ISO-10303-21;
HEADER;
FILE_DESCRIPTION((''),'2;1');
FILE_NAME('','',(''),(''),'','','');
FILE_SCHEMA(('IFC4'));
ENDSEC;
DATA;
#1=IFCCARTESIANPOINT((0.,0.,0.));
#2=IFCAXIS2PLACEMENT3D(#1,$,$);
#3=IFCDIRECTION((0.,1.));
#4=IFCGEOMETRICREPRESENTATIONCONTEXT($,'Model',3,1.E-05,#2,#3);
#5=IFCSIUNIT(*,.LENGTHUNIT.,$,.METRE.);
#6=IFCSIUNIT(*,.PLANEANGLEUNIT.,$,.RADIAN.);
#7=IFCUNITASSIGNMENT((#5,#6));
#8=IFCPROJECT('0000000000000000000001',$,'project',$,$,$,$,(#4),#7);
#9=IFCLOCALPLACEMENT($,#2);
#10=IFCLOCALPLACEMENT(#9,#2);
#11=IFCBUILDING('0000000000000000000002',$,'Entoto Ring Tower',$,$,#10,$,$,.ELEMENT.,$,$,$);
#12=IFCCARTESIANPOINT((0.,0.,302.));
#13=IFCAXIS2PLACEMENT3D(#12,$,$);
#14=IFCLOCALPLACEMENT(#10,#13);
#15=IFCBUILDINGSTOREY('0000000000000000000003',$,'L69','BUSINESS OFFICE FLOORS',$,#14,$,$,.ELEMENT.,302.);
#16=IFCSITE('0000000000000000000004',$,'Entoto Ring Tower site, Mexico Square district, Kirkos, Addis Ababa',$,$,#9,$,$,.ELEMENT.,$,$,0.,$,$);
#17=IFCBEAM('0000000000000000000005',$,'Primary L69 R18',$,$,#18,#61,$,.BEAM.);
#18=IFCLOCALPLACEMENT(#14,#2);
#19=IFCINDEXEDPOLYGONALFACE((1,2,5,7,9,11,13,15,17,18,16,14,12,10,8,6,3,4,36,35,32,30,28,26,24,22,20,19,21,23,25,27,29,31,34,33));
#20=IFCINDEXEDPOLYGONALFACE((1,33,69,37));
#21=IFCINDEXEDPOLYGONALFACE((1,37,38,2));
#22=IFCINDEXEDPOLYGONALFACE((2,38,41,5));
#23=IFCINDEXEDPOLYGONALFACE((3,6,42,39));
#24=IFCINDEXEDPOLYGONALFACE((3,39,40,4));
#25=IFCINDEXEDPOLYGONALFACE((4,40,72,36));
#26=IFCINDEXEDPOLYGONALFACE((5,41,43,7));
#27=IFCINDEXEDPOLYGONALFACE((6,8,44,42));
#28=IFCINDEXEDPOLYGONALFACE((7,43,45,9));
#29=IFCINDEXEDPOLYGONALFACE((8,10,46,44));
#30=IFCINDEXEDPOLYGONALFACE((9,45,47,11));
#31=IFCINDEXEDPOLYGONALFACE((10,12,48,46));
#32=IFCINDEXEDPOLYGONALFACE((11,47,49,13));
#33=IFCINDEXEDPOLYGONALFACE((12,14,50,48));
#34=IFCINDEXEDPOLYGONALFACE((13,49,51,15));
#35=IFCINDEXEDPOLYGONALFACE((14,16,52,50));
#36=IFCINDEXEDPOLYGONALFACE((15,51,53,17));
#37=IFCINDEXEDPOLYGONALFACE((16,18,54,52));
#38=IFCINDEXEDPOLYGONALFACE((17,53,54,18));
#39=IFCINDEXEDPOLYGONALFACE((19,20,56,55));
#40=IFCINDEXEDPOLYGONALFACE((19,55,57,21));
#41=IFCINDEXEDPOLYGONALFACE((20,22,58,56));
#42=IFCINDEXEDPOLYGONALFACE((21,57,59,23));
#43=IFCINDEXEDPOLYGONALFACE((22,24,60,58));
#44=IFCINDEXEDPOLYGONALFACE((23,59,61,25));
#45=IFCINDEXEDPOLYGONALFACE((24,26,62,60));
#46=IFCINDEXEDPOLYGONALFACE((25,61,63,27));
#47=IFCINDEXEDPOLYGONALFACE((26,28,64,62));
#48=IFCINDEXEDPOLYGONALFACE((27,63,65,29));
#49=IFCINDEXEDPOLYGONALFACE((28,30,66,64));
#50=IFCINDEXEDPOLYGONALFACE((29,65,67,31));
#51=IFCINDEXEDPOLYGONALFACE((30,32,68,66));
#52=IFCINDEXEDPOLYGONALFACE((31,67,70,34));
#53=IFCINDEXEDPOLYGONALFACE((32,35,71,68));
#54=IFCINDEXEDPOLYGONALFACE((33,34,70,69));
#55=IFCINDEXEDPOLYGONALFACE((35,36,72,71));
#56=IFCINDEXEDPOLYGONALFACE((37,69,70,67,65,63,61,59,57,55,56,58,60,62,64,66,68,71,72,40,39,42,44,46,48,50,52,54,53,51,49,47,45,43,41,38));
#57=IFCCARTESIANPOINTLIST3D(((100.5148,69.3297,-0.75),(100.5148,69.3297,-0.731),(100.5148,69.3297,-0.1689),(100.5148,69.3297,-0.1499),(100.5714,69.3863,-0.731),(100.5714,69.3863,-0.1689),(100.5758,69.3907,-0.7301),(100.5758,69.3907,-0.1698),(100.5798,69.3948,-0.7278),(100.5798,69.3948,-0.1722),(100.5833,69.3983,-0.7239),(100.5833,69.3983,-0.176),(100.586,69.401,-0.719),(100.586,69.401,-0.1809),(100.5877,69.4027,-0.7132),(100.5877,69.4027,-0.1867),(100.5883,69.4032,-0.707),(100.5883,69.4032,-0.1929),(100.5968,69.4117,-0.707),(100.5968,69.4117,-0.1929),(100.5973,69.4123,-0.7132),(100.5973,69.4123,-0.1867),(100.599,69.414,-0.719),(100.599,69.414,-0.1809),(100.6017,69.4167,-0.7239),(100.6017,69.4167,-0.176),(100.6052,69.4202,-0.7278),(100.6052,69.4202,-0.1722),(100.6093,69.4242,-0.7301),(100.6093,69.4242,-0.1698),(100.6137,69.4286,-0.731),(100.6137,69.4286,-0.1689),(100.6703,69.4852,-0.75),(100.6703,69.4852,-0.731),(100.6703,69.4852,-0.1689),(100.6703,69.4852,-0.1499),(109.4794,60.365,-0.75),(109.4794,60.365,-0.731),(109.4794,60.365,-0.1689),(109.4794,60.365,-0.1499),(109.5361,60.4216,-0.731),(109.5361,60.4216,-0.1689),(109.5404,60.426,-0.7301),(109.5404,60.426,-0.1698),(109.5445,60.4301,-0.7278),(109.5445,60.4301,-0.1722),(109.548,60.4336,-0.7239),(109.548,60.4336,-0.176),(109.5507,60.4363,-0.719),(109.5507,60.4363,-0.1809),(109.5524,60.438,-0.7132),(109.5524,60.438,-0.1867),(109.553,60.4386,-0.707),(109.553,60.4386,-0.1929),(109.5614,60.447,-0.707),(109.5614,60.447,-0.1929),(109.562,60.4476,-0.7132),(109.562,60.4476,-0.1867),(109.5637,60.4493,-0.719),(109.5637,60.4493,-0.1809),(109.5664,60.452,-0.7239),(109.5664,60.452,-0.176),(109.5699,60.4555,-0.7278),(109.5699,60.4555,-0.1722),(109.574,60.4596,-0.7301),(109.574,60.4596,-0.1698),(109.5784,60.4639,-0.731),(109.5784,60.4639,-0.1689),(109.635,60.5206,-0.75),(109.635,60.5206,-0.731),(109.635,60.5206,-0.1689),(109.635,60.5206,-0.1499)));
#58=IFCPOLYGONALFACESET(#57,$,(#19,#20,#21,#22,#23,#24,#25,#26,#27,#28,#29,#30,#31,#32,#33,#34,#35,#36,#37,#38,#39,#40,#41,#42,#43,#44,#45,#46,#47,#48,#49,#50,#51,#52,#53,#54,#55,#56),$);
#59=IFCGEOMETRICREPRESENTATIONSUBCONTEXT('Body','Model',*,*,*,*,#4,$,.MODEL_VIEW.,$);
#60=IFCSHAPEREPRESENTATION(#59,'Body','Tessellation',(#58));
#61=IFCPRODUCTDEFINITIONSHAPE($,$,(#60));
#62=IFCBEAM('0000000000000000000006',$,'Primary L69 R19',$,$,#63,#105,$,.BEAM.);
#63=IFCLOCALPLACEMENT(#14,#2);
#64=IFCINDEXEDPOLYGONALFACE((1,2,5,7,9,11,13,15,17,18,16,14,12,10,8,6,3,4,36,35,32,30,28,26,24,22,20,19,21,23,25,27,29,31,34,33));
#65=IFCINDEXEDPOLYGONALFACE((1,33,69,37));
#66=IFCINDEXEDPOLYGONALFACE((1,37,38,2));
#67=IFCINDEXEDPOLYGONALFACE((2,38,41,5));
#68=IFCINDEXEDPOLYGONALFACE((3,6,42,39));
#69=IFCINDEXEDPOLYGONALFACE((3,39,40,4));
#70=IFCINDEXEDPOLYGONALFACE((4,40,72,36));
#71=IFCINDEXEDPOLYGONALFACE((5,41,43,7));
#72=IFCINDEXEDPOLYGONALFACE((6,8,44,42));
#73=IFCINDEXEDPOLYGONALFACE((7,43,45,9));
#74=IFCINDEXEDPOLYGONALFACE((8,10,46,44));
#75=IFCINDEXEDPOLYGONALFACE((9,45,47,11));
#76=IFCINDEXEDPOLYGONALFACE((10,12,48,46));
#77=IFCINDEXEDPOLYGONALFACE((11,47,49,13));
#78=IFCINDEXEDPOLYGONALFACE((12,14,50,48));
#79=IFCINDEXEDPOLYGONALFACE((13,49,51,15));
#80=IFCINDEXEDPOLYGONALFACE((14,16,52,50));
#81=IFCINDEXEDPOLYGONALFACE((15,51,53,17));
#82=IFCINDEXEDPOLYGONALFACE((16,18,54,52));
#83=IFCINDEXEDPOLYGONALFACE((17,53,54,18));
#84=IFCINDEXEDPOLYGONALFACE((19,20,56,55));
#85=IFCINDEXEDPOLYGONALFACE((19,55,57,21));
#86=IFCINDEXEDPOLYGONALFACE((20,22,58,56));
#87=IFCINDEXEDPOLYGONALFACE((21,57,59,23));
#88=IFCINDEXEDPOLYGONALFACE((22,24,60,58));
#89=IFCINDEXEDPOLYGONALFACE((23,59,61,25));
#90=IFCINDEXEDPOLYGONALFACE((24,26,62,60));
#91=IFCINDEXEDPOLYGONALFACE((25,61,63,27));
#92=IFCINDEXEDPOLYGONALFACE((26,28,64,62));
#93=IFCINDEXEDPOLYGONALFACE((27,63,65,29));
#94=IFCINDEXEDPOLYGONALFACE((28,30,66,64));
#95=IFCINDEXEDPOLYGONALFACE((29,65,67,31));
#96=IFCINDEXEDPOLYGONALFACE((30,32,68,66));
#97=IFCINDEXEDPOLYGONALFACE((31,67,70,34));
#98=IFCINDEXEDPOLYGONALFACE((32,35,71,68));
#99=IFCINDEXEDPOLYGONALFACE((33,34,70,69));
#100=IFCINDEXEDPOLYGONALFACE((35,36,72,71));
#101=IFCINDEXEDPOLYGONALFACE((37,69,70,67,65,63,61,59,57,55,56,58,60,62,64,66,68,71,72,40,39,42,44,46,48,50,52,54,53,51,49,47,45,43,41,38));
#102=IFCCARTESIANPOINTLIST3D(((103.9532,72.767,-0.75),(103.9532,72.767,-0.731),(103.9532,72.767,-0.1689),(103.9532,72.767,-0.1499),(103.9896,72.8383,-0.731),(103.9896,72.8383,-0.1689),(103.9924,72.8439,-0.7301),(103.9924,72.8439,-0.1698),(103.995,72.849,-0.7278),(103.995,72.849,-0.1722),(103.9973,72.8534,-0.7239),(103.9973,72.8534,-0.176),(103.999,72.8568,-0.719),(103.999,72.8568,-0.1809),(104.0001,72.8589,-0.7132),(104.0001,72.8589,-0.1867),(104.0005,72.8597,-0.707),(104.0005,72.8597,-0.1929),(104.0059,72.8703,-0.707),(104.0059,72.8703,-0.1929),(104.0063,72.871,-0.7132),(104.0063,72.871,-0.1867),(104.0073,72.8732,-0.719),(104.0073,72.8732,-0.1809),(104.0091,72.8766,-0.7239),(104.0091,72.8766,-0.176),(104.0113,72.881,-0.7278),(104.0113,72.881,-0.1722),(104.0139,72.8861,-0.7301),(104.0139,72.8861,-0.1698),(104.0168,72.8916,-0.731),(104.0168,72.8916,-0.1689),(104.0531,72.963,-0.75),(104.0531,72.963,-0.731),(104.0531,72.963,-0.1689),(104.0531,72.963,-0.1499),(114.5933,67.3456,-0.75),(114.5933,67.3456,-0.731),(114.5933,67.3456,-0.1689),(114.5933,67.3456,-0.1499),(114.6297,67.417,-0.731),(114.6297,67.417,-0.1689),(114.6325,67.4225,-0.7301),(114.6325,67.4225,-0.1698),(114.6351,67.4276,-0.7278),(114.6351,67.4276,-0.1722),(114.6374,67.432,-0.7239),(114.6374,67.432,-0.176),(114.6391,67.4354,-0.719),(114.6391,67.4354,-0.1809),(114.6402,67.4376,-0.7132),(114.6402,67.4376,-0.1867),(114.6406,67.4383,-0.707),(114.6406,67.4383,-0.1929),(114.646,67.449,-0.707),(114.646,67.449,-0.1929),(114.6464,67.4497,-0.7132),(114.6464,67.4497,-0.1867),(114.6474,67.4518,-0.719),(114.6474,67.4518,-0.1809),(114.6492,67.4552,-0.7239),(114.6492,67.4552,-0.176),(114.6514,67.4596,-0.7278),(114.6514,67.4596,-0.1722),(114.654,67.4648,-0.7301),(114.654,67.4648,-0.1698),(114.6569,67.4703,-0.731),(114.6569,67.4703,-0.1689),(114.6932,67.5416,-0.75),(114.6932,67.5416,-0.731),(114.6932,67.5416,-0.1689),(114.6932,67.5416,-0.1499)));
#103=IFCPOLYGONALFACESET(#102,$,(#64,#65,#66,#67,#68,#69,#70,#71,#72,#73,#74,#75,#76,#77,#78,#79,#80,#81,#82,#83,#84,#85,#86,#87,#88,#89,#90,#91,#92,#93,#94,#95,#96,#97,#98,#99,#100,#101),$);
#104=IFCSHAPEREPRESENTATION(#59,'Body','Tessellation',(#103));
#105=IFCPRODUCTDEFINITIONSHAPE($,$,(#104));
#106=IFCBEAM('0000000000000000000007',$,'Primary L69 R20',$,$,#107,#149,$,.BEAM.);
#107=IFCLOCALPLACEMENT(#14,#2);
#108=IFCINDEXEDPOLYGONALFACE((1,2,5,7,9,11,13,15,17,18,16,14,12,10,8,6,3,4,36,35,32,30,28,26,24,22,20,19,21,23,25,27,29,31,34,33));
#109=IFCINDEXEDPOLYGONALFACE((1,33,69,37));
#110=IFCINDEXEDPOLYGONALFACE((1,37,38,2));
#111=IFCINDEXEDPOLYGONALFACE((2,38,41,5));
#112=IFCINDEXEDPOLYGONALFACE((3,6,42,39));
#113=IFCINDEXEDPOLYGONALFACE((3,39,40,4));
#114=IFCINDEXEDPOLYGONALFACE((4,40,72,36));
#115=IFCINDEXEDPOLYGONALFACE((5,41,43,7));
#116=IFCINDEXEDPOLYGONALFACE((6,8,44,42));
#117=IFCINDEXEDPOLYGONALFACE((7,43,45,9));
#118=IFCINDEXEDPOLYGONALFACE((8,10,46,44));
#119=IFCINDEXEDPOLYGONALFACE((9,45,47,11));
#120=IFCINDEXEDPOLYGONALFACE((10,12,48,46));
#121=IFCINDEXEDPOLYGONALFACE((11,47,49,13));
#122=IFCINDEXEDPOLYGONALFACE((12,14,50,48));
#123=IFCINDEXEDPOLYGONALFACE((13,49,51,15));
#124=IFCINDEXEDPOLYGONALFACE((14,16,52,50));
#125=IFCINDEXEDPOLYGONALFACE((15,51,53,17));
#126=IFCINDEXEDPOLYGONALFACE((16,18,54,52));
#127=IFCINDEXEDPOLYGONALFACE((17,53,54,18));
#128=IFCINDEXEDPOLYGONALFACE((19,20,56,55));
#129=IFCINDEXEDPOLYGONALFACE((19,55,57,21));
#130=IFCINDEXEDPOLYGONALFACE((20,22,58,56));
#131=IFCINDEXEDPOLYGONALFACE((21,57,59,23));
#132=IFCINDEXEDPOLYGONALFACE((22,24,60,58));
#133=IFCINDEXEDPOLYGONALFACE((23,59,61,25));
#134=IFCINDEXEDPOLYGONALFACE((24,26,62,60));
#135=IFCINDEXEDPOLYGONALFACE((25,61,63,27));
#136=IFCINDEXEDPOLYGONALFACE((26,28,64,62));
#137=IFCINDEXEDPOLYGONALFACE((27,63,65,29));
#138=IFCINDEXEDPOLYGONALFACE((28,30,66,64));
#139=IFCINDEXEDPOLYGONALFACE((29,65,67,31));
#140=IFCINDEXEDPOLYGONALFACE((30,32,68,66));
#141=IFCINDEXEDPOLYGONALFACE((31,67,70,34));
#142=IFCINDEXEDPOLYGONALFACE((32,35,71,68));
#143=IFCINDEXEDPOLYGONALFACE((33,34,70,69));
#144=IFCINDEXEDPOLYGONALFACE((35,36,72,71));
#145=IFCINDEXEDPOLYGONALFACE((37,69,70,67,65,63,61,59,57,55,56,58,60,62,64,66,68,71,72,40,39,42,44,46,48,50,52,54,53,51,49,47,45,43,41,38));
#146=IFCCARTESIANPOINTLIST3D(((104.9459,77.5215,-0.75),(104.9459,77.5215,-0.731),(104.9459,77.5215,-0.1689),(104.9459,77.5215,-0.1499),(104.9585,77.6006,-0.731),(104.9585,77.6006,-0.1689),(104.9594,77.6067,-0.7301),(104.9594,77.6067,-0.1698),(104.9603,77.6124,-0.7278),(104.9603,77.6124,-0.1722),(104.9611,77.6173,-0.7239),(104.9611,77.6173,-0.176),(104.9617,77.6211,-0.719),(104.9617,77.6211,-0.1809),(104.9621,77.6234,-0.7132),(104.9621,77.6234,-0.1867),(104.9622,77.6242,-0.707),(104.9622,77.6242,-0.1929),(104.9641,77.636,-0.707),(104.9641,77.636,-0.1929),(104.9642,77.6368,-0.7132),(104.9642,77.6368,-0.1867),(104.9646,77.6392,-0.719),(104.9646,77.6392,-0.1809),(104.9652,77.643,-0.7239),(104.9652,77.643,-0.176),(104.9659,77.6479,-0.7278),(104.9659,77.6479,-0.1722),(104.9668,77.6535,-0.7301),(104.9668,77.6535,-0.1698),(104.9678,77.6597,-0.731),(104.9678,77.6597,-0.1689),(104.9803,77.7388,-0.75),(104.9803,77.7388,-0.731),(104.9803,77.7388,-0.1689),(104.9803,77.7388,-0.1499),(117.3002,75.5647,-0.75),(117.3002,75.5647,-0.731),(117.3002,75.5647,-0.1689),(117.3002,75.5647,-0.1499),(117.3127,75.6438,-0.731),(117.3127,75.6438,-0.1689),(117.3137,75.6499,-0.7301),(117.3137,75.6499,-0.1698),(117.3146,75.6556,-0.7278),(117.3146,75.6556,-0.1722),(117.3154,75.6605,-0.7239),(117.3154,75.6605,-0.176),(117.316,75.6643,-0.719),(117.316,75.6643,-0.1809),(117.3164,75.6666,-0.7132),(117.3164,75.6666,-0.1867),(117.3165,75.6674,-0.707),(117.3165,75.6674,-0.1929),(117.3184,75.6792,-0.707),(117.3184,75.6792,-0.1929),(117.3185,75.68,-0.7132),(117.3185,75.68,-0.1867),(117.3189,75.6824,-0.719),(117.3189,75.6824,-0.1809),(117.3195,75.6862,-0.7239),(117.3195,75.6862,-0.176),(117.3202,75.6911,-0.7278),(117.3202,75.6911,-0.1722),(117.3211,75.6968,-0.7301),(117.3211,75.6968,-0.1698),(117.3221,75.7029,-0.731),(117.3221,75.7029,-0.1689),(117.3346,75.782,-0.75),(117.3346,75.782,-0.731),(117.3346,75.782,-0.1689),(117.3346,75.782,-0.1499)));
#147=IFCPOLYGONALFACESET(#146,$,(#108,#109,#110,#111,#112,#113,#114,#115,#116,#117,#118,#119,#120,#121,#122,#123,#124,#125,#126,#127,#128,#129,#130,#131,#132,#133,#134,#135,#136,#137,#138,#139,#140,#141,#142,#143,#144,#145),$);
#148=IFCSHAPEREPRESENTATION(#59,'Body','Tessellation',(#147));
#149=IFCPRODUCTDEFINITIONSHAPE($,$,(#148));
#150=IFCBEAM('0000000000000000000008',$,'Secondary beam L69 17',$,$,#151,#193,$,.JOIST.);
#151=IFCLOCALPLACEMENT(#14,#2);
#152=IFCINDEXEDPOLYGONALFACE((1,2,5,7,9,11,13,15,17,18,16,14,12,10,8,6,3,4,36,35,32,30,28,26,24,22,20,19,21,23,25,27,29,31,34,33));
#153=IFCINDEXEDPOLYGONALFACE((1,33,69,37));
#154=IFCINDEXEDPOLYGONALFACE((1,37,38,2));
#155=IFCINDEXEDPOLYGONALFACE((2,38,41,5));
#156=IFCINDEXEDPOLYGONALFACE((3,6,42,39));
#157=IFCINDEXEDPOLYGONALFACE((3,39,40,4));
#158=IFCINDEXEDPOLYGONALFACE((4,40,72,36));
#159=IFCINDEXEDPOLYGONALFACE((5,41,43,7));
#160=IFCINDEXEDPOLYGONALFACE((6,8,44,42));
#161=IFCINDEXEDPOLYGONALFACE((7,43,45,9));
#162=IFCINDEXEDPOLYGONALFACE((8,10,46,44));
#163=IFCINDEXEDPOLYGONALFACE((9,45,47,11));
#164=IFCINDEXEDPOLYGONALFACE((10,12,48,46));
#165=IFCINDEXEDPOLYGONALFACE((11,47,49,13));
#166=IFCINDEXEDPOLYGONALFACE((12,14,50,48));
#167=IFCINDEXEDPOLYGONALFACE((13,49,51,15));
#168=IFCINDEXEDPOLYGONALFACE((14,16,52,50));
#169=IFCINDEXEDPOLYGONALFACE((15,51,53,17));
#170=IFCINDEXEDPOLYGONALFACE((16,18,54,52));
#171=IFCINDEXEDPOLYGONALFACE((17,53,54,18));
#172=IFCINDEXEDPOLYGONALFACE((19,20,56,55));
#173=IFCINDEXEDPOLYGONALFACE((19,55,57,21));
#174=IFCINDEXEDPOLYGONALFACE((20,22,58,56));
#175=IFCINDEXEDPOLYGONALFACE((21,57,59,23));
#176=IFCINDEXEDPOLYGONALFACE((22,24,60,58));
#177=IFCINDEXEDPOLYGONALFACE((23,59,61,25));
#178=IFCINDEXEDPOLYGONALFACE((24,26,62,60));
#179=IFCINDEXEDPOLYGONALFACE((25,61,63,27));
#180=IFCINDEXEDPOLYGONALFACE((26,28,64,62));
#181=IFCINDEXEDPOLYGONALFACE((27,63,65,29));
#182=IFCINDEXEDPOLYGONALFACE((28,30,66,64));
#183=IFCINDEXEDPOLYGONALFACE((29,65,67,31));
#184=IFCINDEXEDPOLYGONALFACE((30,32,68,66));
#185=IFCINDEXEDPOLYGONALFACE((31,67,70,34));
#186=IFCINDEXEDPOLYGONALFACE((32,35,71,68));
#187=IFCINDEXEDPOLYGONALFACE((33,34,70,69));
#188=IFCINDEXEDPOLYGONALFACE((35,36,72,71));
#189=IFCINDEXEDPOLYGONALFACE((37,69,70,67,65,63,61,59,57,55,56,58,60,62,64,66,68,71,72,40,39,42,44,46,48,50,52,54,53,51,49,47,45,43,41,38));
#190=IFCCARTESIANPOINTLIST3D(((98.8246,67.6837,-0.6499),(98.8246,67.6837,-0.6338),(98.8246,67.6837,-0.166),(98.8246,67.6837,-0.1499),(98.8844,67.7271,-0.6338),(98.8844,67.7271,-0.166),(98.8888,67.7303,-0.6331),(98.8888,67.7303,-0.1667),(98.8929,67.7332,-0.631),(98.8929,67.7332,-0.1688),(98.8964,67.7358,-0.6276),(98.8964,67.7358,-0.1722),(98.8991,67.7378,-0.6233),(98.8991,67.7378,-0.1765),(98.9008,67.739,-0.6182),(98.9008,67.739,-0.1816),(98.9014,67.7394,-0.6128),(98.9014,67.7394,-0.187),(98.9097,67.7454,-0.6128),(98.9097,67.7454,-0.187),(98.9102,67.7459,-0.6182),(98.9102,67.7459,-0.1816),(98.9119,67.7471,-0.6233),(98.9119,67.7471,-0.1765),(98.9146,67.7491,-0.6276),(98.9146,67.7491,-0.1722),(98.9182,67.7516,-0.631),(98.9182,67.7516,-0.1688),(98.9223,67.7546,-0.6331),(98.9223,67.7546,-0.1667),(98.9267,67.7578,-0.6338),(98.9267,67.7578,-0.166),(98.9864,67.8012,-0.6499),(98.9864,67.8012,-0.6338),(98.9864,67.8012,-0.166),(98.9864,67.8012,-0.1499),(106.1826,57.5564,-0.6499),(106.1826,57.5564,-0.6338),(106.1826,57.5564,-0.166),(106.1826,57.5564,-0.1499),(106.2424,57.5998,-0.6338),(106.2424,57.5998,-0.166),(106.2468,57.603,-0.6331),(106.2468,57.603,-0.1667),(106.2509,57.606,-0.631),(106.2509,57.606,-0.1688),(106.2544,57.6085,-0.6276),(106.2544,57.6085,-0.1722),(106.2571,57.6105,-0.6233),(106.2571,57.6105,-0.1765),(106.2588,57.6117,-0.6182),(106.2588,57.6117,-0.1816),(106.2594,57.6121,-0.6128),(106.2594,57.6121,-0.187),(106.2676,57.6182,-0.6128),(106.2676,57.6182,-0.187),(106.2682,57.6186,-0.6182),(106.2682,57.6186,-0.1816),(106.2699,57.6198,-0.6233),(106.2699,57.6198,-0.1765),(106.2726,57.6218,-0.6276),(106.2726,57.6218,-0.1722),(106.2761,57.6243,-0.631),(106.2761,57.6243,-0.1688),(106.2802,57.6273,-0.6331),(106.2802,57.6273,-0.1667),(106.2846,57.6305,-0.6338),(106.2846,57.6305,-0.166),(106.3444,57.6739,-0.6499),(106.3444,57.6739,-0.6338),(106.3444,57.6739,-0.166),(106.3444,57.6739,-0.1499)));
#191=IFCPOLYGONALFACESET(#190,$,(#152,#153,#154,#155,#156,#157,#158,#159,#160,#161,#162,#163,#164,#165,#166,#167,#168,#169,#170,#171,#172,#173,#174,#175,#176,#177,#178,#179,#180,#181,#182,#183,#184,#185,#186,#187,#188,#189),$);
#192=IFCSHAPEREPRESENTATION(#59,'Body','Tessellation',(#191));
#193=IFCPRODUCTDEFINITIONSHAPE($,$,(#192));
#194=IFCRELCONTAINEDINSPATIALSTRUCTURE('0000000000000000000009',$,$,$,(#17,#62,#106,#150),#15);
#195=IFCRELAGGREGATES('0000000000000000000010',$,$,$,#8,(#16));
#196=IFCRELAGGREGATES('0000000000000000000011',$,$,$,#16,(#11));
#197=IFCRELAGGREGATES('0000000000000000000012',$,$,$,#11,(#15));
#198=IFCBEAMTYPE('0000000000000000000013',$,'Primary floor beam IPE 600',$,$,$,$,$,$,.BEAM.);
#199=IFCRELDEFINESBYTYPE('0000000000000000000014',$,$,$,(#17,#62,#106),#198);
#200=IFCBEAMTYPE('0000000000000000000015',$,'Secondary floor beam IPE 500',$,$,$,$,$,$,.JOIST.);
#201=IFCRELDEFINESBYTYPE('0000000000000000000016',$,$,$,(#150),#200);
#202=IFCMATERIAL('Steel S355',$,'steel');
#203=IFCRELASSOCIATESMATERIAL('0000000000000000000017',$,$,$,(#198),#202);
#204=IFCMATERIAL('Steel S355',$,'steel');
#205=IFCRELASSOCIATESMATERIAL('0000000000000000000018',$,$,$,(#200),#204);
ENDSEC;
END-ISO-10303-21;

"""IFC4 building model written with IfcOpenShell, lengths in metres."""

from ifc_helpers import new_model, si_unit, direction, frame, origin, origin_2d, place, context, subcontext, project, spatial, i_section, extrude, material, material_profile, profile_set, type_object, element, save


model = new_model("IFC4")

# Units and contexts
model_context = context("Model", 3, precision=1e-05, world=origin(), true_north=direction((0.0, 1.0)))
body_context = subcontext(model_context, "Body", "Model", "MODEL_VIEW")
ifc_project = project(units=[si_unit("LENGTHUNIT", "METRE"), si_unit("PLANEANGLEUNIT", "RADIAN")], contexts=[model_context])

# Site, building, storey
site_placement = place(None, origin())
site = spatial("IfcSite", under=ifc_project, at=site_placement, Name="Entoto Ring Tower site, Mexico Square district, Kirkos, Addis Ababa", CompositionType="ELEMENT", RefElevation=0.0)
building_placement = place(site_placement, origin())
building = spatial("IfcBuilding", under=site, at=building_placement, Name="Entoto Ring Tower", CompositionType="ELEMENT")
storey_placement = place(building_placement, frame((0.0, 0.0, 302.0)))
storey = spatial("IfcBuildingStorey", under=building, at=storey_placement, Name="L69", Description="BUSINESS OFFICE FLOORS", CompositionType="ELEMENT", Elevation=302.0)

# Beams
ifc_material_1 = material(Name="Steel S355", Category="steel")
ifc_material_profile_1 = material_profile(ifc_material_1, i_section(OverallWidth=0.22, OverallDepth=0.6001, WebThickness=0.012, FlangeThickness=0.019, FilletRadius=0.0239, at=origin_2d()), Name="IPE 600")
ifc_profile_set_1 = profile_set([ifc_material_profile_1], Name="Steel S355")
beam_type_1 = type_object("IfcBeamType", Name="Primary floor beam IPE 600", PredefinedType="BEAM", material=ifc_profile_set_1)
beam_1_placement = place(storey_placement, frame((100.5925, 69.4075, -0.45), z_axis=(0.707107, -0.707107, 0.0), x_axis=(0.707107, 0.707107, 0.0)))
element("IfcBeam", 1, at=beam_1_placement, inside=storey, type_object=beam_type_1, Name="Primary L69 R18", PredefinedType="BEAM", context=body_context, shape_type="SweptSolid", body=[
    extrude(i_section(OverallWidth=0.22, OverallDepth=0.6001, WebThickness=0.012, FlangeThickness=0.019, FilletRadius=0.0239, at=origin_2d()), origin(), (0.0, 0.0, 1.0), 12.678),
])
beam_2_placement = place(storey_placement, frame((104.0032, 72.865, -0.45), z_axis=(0.891008, -0.453988, 0.0), x_axis=(0.453988, 0.891008, 0.0)))
element("IfcBeam", 2, at=beam_2_placement, inside=storey, type_object=beam_type_1, Name="Primary L69 R19", PredefinedType="BEAM", context=body_context, shape_type="SweptSolid", body=[
    extrude(i_section(OverallWidth=0.22, OverallDepth=0.6001, WebThickness=0.012, FlangeThickness=0.019, FilletRadius=0.0239, at=origin_2d()), origin(), (0.0, 0.0, 1.0), 11.9417),
])
beam_3_placement = place(storey_placement, frame((104.9631, 77.6301, -0.45), z_axis=(0.987688, -0.15644, 0.0), x_axis=(0.15644, 0.987688, 0.0)))
element("IfcBeam", 3, at=beam_3_placement, inside=storey, type_object=beam_type_1, Name="Primary L69 R20", PredefinedType="BEAM", context=body_context, shape_type="SweptSolid", body=[
    extrude(i_section(OverallWidth=0.22, OverallDepth=0.6001, WebThickness=0.012, FlangeThickness=0.019, FilletRadius=0.0239, at=origin_2d()), origin(), (0.0, 0.0, 1.0), 12.5083),
])
ifc_material_2 = material(Name="Steel S355", Category="steel")
ifc_material_profile_2 = material_profile(ifc_material_2, i_section(OverallWidth=0.2, OverallDepth=0.5, WebThickness=0.0103, FlangeThickness=0.0161, FilletRadius=0.021, at=origin_2d()), Name="IPE 500")
ifc_profile_set_2 = profile_set([ifc_material_profile_2], Name="Steel S355")
beam_type_2 = type_object("IfcBeamType", Name="Secondary floor beam IPE 500", PredefinedType="JOIST", material=ifc_profile_set_2)
for number, where, z_axis, x_axis, name in (
    (4, (98.9055, 67.7424, -0.3999), (0.587789, -0.809014, 0.0), (0.809014, 0.587789, 0.0), "Secondary beam L69 17"),
):
    element("IfcBeam", number, at=place(storey_placement, frame(where, z_axis=z_axis, x_axis=x_axis)), inside=storey, type_object=beam_type_2, Name=name, PredefinedType="JOIST", context=body_context, shape_type="SweptSolid", body=[
        extrude(i_section(OverallWidth=0.2, OverallDepth=0.5, WebThickness=0.0103, FlangeThickness=0.0161, FilletRadius=0.021, at=origin_2d()), origin(), (0.0, 0.0, 1.0), 12.5181),
    ])

save(model, "model.ifc")
